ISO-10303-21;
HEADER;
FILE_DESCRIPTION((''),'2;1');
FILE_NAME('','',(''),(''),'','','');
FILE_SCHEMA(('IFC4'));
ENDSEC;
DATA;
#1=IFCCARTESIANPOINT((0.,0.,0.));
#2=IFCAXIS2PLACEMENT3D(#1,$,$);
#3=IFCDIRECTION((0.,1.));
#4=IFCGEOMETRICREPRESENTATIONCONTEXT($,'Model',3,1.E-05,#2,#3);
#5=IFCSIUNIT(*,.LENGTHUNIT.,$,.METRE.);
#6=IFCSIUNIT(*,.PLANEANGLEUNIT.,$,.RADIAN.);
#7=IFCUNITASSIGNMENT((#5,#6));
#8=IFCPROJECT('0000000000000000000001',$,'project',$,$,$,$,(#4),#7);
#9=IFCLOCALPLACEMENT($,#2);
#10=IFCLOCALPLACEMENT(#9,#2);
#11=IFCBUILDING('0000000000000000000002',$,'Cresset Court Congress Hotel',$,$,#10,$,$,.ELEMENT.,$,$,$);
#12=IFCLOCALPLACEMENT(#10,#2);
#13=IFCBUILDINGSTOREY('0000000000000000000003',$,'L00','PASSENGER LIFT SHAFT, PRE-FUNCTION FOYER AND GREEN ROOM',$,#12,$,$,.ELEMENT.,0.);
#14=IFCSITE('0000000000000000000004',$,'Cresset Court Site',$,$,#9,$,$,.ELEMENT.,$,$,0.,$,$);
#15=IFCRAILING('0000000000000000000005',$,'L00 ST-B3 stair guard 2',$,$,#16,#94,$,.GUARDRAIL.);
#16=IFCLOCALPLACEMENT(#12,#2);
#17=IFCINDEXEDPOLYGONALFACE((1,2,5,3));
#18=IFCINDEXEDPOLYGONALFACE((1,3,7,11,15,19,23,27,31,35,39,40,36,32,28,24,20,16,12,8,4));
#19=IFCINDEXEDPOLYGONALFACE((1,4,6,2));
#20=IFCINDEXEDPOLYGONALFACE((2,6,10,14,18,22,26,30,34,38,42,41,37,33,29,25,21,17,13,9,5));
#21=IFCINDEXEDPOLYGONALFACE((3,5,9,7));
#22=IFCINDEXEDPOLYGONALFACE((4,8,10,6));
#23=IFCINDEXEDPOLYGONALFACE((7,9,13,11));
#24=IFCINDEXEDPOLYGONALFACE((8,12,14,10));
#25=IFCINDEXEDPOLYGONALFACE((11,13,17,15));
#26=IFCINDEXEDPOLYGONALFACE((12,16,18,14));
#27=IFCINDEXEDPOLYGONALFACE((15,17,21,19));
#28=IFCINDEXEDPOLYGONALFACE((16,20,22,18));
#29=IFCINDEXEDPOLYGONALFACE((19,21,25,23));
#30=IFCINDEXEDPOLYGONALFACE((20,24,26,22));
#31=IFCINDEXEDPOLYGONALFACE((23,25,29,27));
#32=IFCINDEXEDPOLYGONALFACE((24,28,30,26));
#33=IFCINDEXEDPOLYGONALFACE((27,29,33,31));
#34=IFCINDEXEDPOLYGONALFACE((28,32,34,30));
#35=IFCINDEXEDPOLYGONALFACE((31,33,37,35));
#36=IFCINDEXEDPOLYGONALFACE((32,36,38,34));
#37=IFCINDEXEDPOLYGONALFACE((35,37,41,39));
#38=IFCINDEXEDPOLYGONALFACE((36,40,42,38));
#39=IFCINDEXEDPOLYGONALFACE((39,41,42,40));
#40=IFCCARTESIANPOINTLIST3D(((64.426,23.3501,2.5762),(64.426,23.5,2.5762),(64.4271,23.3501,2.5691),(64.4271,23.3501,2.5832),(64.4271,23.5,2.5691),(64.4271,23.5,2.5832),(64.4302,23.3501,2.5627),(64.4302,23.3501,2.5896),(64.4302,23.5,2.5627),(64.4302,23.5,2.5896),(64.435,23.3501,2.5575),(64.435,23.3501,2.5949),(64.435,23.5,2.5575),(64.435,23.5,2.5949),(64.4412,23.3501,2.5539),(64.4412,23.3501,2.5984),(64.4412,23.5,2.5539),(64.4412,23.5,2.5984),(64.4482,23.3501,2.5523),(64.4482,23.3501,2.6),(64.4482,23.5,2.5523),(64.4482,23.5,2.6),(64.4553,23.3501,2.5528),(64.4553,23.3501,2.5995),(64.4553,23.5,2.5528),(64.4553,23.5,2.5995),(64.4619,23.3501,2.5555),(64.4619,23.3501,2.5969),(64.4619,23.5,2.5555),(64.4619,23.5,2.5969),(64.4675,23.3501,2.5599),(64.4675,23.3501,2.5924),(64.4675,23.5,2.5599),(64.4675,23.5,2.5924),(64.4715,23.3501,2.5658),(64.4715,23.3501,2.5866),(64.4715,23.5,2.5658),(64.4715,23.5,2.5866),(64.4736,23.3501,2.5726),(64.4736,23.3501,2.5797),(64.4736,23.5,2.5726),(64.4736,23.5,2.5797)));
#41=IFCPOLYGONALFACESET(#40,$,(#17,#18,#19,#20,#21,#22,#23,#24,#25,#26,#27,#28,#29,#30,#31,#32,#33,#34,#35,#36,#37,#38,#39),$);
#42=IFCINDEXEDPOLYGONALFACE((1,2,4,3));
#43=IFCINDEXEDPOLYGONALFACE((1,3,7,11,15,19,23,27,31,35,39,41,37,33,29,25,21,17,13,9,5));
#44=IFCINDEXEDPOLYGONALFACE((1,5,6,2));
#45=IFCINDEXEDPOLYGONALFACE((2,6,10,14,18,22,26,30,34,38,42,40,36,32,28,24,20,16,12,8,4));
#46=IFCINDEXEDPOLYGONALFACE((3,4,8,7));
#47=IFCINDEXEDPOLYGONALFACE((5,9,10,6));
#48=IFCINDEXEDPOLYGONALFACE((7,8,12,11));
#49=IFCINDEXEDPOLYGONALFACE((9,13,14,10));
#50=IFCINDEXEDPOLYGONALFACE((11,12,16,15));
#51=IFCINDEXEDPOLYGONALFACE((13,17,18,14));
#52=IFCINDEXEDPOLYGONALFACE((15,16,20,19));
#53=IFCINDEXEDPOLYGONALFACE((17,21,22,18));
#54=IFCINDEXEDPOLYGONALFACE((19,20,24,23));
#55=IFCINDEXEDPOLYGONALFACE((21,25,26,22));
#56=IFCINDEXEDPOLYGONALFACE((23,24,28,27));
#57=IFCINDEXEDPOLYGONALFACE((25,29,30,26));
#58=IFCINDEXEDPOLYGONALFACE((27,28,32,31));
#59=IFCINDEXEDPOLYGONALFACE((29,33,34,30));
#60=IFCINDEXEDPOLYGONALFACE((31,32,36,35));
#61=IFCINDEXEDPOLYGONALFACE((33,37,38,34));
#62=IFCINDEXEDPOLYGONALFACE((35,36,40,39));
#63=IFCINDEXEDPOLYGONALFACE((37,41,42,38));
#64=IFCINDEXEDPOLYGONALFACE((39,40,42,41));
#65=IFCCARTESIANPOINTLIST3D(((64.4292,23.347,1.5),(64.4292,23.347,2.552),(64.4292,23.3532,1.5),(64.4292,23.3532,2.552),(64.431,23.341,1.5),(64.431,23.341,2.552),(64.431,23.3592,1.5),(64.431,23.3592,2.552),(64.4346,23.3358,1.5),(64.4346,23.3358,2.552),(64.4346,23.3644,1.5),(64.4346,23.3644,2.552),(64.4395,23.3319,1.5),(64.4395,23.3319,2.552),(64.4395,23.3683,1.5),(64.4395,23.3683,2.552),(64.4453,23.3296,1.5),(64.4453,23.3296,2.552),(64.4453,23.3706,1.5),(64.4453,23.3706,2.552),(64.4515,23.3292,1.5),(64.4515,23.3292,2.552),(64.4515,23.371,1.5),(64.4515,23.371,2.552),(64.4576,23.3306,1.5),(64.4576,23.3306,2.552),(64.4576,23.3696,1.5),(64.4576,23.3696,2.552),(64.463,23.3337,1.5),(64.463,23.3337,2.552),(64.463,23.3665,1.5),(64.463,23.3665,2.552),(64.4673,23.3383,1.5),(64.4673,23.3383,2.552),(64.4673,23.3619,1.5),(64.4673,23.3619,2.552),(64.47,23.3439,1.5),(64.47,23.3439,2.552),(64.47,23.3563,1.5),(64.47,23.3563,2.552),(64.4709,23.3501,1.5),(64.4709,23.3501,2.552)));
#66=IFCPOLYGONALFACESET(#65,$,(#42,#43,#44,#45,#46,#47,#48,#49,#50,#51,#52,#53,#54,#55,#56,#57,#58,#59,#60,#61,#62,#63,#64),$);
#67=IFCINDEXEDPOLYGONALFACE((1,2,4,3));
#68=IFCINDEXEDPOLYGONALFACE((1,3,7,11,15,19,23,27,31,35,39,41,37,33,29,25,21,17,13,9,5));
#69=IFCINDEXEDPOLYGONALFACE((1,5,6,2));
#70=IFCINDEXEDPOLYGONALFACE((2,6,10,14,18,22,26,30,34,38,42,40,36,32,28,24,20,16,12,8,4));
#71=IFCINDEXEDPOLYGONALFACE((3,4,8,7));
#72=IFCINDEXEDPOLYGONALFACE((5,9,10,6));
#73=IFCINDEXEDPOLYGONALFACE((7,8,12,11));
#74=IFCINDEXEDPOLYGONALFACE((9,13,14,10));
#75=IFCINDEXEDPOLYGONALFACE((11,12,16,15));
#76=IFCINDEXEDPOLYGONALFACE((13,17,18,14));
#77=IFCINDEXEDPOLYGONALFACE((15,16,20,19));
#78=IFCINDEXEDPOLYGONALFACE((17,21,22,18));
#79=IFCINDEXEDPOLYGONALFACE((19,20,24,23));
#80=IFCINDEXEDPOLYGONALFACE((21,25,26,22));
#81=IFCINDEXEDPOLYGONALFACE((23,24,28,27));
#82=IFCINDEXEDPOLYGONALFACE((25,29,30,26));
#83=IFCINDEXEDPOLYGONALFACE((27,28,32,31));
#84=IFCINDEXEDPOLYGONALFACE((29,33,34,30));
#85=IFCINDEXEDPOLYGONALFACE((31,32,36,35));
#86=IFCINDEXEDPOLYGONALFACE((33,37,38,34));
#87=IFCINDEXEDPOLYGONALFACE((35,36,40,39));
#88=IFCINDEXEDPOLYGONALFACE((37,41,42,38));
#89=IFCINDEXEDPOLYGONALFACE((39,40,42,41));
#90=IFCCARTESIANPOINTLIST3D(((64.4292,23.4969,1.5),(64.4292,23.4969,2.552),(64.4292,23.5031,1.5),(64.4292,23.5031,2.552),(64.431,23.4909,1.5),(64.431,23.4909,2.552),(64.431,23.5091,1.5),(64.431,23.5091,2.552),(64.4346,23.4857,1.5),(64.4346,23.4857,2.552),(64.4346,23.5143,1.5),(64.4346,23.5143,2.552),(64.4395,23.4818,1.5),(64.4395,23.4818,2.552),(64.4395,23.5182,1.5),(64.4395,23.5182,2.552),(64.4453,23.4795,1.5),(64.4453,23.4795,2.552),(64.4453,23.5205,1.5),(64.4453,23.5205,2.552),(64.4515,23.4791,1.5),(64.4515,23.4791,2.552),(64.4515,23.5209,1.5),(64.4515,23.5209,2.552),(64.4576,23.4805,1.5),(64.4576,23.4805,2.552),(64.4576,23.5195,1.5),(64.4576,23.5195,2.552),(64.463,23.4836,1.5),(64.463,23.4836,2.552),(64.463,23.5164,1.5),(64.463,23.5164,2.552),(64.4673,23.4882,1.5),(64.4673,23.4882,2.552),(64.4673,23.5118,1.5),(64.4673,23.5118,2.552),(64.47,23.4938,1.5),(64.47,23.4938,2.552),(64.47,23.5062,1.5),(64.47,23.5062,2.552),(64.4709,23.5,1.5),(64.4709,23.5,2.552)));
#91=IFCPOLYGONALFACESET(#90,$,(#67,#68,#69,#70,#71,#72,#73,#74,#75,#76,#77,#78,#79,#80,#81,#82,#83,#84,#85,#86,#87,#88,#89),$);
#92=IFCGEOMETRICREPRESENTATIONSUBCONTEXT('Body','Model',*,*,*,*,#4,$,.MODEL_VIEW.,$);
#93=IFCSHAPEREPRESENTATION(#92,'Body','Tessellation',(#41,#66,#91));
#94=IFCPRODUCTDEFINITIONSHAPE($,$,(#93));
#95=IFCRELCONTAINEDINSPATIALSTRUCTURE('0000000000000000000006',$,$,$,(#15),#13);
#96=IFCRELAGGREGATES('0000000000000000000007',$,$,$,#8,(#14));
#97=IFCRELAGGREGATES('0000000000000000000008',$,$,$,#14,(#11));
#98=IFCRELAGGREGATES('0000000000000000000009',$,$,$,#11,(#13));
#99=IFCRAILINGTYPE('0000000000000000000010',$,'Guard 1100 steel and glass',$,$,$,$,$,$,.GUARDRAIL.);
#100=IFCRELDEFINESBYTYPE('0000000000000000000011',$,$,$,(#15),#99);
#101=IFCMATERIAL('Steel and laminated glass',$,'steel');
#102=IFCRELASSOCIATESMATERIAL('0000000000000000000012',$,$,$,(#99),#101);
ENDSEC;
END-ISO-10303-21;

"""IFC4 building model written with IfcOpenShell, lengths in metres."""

from ifc_helpers import new_model, si_unit, direction, frame, origin, origin_2d, place, context, subcontext, project, spatial, circle, extrude, material, type_object, element, save


model = new_model("IFC4")

# Units and contexts
model_context = context("Model", 3, precision=1e-05, world=origin(), true_north=direction((0.0, 1.0)))
body_context = subcontext(model_context, "Body", "Model", "MODEL_VIEW")
ifc_project = project(units=[si_unit("LENGTHUNIT", "METRE"), si_unit("PLANEANGLEUNIT", "RADIAN")], contexts=[model_context])

# Site, building, storey
site_placement = place(None, origin())
site = spatial("IfcSite", under=ifc_project, at=site_placement, Name="Cresset Court Site", CompositionType="ELEMENT", RefElevation=0.0)
building_placement = place(site_placement, origin())
building = spatial("IfcBuilding", under=site, at=building_placement, Name="Cresset Court Congress Hotel", CompositionType="ELEMENT")
storey_placement = place(building_placement, origin())
storey = spatial("IfcBuildingStorey", under=building, at=storey_placement, Name="L00", Description="PASSENGER LIFT SHAFT, PRE-FUNCTION FOYER AND GREEN ROOM", CompositionType="ELEMENT", Elevation=0.0)

# Railing
ifc_material_1 = material(Name="Steel and laminated glass", Category="steel")
railing_type_1 = type_object("IfcRailingType", Name="Guard 1100 steel and glass", PredefinedType="GUARDRAIL", material=ifc_material_1)
railing_1_placement = place(storey_placement, frame((64.45, 23.3501, 1.5)))
element("IfcRailing", 1, at=railing_1_placement, inside=storey, type_object=railing_type_1, Name="L00 ST-B3 stair guard 2", PredefinedType="GUARDRAIL", context=body_context, shape_type="SweptSolid", body=[
    extrude(circle(Radius=0.0239, at=origin_2d()), frame((0.0, 0.0, 1.0762), z_axis=(0.0, 1.0, 0.0), x_axis=(-1.0, 0.0, 0.0)), (0.0, 0.0, 1.0), 0.1499),
    extrude(circle(Radius=0.021, at=origin_2d()), origin(), (0.0, 0.0, 1.0), 1.052),
    extrude(circle(Radius=0.021, at=origin_2d()), frame((0.0, 0.1499, 0.0)), (0.0, 0.0, 1.0), 1.052),
])

save(model, "model.ifc")
